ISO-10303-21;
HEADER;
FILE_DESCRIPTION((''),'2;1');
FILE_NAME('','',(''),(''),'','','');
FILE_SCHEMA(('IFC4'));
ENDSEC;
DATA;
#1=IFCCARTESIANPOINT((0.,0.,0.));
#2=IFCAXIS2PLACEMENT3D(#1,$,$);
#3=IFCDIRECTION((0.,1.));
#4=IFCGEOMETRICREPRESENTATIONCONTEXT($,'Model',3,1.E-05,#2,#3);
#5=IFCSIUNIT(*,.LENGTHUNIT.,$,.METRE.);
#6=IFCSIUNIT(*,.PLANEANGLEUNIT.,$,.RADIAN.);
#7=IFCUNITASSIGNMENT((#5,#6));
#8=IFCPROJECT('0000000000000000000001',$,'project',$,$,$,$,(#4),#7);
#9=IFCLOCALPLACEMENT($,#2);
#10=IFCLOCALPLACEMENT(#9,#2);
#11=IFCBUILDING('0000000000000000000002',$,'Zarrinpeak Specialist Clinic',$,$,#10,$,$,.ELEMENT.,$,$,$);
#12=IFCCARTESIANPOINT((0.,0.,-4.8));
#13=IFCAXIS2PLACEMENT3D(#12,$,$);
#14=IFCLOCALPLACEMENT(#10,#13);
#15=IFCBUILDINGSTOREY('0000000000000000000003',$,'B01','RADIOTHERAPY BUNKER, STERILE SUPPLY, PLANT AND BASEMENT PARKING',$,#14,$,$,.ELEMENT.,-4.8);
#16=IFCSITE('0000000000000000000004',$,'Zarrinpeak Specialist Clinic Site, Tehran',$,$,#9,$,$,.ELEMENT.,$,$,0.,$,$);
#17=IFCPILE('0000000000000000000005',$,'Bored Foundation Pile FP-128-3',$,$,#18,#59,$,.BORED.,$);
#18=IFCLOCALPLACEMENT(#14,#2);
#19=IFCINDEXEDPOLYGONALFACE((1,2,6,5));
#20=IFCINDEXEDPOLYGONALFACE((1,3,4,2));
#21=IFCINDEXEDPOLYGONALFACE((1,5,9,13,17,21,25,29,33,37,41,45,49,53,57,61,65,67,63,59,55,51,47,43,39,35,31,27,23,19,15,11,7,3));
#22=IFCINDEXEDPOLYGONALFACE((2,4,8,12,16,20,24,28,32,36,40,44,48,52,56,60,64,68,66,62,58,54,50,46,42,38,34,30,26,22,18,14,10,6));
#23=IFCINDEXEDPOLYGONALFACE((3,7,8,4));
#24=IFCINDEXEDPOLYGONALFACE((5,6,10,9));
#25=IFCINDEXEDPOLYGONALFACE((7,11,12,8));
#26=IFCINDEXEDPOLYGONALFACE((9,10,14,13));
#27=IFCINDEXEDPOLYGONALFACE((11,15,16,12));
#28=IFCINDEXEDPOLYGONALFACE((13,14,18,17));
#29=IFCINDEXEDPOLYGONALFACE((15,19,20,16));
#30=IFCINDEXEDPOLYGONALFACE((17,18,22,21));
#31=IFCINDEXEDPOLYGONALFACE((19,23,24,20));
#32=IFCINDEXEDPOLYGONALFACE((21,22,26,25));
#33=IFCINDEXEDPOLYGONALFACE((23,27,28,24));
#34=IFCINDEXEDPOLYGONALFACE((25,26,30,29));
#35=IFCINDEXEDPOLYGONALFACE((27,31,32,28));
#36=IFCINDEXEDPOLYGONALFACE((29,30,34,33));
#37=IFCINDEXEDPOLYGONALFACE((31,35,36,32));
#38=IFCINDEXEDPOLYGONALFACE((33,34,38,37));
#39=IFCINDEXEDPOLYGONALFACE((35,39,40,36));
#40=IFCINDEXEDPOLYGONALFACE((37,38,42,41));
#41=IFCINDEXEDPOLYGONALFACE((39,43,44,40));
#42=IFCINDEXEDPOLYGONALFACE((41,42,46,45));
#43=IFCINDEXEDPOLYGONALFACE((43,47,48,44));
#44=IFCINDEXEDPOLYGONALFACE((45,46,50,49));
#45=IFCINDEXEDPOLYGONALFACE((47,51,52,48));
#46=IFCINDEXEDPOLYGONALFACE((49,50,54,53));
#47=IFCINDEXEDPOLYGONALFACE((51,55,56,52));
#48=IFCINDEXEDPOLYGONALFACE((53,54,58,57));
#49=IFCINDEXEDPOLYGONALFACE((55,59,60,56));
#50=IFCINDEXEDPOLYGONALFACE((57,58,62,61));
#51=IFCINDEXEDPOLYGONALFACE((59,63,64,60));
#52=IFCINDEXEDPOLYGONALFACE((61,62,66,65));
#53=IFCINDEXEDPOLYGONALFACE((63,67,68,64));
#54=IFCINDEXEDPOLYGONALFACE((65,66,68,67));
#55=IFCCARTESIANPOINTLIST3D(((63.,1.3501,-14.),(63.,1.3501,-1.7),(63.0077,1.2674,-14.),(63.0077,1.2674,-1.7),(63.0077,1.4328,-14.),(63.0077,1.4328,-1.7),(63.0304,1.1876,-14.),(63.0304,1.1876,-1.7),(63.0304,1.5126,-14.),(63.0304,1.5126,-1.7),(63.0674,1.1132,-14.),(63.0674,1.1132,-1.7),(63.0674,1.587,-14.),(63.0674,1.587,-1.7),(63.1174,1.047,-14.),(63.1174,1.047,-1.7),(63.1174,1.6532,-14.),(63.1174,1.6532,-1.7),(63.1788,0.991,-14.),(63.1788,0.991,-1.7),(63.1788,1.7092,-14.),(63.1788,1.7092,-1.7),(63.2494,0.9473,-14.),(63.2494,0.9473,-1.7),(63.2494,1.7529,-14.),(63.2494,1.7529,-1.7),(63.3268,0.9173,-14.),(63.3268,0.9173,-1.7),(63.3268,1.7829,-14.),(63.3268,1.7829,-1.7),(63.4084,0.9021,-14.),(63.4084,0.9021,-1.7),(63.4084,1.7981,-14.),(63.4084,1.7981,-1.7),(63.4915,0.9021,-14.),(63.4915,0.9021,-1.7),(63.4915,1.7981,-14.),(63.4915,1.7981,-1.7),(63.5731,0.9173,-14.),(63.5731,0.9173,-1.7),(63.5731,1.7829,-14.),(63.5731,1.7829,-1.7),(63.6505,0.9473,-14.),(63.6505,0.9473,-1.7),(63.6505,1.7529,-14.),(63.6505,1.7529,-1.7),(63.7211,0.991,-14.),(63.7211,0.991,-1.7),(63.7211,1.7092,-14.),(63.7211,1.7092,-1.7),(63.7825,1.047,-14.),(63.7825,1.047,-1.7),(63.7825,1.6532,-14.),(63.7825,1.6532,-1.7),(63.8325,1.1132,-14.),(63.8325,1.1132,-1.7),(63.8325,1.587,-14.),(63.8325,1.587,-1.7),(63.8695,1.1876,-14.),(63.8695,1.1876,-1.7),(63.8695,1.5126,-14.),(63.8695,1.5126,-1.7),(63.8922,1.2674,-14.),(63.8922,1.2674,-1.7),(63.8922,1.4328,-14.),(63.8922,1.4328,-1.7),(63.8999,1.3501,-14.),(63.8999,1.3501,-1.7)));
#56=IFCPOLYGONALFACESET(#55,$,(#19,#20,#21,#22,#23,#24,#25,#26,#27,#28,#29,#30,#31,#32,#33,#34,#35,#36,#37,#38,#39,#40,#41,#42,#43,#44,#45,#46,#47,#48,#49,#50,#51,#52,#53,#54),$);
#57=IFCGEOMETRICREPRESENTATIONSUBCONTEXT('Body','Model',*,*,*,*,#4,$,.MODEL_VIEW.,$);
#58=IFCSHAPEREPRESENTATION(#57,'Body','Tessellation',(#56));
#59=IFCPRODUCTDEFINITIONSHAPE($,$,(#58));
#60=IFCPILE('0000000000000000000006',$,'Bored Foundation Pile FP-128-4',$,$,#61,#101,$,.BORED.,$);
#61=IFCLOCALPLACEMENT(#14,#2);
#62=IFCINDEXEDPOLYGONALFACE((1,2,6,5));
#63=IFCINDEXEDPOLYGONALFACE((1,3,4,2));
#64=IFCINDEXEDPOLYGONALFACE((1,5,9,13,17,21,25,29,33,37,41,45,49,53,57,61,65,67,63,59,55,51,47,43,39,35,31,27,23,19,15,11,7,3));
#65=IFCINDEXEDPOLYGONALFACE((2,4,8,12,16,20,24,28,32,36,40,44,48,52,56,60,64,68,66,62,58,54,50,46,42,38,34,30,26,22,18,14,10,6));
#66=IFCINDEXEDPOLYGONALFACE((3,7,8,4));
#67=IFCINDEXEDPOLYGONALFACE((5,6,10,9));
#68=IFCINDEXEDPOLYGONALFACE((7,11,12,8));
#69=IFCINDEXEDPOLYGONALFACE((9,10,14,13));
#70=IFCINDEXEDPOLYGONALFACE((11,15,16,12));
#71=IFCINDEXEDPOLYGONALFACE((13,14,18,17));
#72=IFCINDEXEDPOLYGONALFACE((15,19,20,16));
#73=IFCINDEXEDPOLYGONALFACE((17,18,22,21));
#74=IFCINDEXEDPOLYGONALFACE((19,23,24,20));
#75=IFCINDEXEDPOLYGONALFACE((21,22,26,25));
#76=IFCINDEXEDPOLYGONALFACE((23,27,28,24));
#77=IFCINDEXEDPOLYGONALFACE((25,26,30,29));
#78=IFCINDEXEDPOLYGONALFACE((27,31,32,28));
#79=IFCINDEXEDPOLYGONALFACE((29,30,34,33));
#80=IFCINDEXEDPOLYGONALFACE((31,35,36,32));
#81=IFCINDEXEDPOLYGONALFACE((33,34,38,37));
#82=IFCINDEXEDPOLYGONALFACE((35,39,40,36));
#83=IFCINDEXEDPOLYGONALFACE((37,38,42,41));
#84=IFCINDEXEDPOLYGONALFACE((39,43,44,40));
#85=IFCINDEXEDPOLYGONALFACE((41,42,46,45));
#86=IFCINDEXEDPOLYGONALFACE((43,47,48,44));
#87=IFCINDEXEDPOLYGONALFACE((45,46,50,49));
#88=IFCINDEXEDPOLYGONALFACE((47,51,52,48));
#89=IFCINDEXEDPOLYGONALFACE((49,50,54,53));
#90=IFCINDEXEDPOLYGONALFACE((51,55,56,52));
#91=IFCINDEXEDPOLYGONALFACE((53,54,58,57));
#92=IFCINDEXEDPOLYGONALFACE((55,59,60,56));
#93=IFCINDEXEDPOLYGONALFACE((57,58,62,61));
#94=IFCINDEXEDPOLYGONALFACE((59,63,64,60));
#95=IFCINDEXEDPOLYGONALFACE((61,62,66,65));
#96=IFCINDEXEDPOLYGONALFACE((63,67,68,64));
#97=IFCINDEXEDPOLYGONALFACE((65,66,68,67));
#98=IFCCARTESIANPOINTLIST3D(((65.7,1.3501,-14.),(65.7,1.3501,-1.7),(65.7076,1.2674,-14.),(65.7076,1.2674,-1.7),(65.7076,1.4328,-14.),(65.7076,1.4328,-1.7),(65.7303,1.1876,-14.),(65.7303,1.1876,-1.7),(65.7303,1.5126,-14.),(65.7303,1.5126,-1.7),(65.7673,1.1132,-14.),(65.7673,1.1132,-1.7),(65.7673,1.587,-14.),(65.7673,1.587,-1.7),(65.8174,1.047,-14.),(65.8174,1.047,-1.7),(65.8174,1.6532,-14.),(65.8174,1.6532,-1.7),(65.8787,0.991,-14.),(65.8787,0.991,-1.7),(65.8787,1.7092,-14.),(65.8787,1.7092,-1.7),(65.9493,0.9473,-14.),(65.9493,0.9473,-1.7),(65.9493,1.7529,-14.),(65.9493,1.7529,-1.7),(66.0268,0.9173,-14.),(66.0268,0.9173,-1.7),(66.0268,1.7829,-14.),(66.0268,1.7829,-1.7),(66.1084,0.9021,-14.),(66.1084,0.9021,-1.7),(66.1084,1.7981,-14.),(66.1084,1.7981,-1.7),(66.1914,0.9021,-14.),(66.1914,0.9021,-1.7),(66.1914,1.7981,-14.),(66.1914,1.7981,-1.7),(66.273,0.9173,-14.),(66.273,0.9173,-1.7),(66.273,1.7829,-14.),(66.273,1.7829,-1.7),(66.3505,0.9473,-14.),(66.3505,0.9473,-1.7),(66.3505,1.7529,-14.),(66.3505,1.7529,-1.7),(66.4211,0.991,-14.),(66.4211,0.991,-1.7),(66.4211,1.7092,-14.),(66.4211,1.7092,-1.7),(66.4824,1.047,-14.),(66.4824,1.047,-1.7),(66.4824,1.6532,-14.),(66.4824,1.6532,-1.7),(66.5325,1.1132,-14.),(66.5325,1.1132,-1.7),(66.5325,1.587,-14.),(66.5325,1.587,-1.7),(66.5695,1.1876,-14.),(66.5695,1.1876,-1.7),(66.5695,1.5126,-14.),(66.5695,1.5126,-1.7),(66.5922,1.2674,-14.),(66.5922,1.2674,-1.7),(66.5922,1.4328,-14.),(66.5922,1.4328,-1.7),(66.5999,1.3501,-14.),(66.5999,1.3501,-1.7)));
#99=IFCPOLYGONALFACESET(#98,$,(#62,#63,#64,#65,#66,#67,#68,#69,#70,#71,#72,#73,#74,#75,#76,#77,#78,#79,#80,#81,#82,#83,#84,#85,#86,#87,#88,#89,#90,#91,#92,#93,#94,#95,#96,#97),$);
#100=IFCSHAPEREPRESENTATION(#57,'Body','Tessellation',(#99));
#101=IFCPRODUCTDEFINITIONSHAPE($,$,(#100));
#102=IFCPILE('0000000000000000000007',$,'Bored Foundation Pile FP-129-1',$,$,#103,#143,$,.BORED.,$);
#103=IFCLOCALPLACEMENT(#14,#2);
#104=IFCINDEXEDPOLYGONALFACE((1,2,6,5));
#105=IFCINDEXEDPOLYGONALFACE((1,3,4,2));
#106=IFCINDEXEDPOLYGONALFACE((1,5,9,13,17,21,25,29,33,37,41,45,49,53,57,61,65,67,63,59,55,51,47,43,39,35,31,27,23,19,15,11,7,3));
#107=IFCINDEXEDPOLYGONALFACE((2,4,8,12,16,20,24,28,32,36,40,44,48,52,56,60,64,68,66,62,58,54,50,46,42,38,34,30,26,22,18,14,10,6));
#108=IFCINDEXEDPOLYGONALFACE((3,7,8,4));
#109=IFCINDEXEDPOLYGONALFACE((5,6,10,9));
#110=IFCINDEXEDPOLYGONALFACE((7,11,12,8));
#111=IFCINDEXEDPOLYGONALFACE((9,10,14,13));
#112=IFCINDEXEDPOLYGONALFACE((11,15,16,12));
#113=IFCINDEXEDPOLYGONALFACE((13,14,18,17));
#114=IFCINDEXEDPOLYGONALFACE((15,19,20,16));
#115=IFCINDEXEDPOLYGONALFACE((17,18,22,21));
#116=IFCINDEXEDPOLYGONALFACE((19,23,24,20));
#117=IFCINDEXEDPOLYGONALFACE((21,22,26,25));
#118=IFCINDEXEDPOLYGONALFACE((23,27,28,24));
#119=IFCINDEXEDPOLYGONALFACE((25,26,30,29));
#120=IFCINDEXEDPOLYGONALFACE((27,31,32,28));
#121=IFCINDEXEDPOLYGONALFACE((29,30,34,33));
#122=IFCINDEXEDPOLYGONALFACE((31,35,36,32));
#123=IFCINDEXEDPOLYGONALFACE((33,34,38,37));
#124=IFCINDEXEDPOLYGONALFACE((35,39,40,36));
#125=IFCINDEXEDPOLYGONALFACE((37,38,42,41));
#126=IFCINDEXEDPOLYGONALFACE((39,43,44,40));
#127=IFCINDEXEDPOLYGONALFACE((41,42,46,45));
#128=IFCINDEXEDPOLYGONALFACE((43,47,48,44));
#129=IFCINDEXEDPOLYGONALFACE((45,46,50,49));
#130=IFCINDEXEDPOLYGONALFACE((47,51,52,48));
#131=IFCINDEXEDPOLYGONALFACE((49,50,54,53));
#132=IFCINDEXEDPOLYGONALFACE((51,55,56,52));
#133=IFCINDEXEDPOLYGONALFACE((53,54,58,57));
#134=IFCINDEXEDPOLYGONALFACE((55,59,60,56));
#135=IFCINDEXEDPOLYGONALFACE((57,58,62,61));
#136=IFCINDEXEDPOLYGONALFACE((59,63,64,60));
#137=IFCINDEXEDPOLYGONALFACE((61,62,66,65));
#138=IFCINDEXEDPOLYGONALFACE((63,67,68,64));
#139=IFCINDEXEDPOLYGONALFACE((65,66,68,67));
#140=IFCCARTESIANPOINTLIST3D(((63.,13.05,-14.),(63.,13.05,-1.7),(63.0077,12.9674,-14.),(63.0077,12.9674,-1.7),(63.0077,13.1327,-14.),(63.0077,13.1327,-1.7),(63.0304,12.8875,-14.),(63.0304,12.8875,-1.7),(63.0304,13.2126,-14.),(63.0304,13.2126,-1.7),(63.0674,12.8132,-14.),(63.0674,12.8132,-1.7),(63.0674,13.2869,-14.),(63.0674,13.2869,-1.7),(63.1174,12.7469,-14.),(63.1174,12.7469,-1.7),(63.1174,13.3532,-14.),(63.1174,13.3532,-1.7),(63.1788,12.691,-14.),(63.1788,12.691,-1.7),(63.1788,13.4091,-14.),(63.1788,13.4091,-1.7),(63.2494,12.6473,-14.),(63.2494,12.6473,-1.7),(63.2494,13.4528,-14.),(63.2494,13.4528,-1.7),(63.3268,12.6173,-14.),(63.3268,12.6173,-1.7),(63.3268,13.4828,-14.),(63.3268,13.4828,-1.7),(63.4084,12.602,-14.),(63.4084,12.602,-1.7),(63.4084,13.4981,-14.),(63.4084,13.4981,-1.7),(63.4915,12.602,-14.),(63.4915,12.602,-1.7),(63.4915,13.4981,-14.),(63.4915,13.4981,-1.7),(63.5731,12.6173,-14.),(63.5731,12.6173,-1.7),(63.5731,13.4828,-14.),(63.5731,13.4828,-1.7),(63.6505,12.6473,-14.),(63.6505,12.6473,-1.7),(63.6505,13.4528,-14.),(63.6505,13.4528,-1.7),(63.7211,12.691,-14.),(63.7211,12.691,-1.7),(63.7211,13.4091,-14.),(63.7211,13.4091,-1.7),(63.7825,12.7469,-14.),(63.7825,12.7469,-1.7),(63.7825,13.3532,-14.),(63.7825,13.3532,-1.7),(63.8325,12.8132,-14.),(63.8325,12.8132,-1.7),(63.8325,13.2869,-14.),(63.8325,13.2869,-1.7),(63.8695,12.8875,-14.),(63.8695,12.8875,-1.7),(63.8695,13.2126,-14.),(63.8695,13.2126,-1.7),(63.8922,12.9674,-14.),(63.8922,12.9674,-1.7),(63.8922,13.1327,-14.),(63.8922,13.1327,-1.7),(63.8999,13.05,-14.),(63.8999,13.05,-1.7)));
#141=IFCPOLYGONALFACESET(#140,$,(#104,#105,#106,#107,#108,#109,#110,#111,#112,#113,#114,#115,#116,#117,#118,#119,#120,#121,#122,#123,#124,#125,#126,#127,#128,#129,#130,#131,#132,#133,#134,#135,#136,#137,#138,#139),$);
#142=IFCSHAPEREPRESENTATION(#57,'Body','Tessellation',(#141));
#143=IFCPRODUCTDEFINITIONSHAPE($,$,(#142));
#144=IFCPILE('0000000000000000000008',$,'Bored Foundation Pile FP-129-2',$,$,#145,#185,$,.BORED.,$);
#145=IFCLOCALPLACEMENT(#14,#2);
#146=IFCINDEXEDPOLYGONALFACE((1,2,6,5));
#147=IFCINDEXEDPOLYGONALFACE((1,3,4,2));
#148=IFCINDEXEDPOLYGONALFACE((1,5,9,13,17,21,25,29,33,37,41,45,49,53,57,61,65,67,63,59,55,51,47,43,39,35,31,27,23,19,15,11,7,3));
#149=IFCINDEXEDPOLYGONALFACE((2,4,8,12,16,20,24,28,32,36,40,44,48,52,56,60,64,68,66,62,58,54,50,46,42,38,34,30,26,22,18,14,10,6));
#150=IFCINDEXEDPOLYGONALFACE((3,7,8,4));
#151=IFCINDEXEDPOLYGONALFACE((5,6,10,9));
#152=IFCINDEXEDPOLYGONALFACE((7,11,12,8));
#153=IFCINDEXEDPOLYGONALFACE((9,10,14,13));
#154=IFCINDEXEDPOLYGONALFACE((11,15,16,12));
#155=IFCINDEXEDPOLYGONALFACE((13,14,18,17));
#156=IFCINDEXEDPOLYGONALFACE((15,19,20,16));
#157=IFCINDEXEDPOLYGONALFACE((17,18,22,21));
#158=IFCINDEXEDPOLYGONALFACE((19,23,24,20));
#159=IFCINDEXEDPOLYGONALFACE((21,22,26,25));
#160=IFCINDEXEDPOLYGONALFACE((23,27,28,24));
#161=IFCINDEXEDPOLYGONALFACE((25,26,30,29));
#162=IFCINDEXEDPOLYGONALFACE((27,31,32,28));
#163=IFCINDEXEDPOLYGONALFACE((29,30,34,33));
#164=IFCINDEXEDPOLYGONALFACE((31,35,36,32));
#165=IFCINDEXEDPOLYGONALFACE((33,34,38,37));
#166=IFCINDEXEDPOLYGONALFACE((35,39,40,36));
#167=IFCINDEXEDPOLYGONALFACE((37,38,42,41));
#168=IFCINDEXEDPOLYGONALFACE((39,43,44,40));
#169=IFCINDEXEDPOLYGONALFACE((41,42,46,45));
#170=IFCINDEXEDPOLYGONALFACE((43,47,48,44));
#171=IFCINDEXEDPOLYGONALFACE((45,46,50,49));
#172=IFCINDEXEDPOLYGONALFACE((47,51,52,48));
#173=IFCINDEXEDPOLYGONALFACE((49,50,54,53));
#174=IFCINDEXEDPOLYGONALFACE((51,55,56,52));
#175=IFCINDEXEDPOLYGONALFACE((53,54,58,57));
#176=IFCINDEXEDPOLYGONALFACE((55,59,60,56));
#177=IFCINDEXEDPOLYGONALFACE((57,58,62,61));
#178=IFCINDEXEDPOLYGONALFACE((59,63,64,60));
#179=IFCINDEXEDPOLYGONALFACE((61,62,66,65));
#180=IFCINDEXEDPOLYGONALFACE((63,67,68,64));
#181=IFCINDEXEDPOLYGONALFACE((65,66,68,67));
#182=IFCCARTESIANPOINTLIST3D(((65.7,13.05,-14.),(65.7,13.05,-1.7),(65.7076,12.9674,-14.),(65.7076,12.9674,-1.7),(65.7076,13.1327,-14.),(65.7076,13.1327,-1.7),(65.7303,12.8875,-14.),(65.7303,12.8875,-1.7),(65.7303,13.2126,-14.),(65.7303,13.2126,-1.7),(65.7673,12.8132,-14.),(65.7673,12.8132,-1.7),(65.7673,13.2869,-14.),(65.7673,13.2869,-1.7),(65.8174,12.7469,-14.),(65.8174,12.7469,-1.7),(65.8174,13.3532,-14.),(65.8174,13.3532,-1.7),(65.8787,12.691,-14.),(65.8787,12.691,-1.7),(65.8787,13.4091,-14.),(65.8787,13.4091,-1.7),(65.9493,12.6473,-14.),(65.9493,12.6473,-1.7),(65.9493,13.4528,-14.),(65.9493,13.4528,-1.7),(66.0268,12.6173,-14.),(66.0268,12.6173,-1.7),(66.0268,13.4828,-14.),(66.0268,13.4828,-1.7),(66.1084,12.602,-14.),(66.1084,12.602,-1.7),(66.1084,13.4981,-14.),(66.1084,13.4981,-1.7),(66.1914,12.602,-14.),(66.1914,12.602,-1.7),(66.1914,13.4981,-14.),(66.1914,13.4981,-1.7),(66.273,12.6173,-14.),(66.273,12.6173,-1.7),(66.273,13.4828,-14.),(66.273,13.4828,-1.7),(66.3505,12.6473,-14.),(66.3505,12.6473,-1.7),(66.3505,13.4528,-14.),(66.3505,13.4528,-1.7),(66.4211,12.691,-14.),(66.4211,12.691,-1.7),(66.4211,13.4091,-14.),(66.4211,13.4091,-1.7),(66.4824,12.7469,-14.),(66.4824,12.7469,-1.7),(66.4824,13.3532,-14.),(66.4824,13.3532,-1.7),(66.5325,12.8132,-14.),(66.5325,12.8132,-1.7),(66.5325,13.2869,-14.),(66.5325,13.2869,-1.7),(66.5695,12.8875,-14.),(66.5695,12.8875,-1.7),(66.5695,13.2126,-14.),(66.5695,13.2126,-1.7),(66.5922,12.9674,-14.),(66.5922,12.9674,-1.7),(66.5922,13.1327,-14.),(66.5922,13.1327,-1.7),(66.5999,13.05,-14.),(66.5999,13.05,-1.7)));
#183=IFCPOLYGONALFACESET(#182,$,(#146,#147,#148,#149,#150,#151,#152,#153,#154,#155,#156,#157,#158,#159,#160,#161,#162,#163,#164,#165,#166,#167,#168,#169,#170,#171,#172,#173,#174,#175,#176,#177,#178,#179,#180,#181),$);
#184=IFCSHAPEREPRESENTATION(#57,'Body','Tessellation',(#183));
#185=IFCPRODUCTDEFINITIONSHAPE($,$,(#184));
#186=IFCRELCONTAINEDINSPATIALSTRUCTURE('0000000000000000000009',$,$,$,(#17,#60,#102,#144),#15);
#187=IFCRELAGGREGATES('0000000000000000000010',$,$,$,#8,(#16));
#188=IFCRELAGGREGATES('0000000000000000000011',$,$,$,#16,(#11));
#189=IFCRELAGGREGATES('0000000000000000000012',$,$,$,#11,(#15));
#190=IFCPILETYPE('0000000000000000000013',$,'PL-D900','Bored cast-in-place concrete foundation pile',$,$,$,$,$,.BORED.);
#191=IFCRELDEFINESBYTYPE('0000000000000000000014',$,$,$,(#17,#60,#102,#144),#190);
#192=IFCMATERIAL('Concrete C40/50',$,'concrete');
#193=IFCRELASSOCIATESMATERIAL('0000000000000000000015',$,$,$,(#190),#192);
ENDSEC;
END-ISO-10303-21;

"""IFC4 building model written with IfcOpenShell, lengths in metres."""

from ifc_helpers import new_model, si_unit, direction, frame, origin, origin_2d, place, context, subcontext, project, spatial, circle, extrude, material, material_profile, profile_set, type_object, element, save


model = new_model("IFC4")

# Units and contexts
model_context = context("Model", 3, precision=1e-05, world=origin(), true_north=direction((0.0, 1.0)))
body_context = subcontext(model_context, "Body", "Model", "MODEL_VIEW")
ifc_project = project(units=[si_unit("LENGTHUNIT", "METRE"), si_unit("PLANEANGLEUNIT", "RADIAN")], contexts=[model_context])

# Site, building, storey
site_placement = place(None, origin())
site = spatial("IfcSite", under=ifc_project, at=site_placement, Name="Zarrinpeak Specialist Clinic Site, Tehran", CompositionType="ELEMENT", RefElevation=0.0)
building_placement = place(site_placement, origin())
building = spatial("IfcBuilding", under=site, at=building_placement, Name="Zarrinpeak Specialist Clinic", CompositionType="ELEMENT")
storey_placement = place(building_placement, frame((0.0, 0.0, -4.8)))
storey = spatial("IfcBuildingStorey", under=building, at=storey_placement, Name="B01", Description="RADIOTHERAPY BUNKER, STERILE SUPPLY, PLANT AND BASEMENT PARKING", CompositionType="ELEMENT", Elevation=-4.8)

# Shared definitions
ifc_material_1 = material(Name="Concrete C40/50", Category="concrete")

# Piles
ifc_material_profile_1 = material_profile(ifc_material_1, circle(Radius=0.45, at=origin_2d()), Name="BORED PILE D900")
ifc_profile_set_1 = profile_set([ifc_material_profile_1], Name="Concrete C40/50")
pile_type = type_object("IfcPileType", Name="PL-D900", Description="Bored cast-in-place concrete foundation pile", PredefinedType="BORED", material=ifc_profile_set_1)
for number, where, z_axis, x_axis, name in (
    (1, (63.45, 1.3501, -1.7), (0.0, 0.0, -1.0), (1.0, 0.0, 0.0), "Bored Foundation Pile FP-128-3"),
    (2, (66.1499, 1.3501, -1.7), (0.0, 0.0, -1.0), (1.0, 0.0, 0.0), "Bored Foundation Pile FP-128-4"),
    (3, (63.45, 13.05, -1.7), (0.0, 0.0, -1.0), (1.0, 0.0, 0.0), "Bored Foundation Pile FP-129-1"),
    (4, (66.1499, 13.05, -1.7), (0.0, 0.0, -1.0), (1.0, 0.0, 0.0), "Bored Foundation Pile FP-129-2"),
):
    element("IfcPile", number, at=place(storey_placement, frame(where, z_axis=z_axis, x_axis=x_axis)), inside=storey, type_object=pile_type, Name=name, PredefinedType="BORED", context=body_context, shape_type="SweptSolid", body=[
        extrude(circle(Radius=0.45, at=origin_2d()), origin(), (0.0, 0.0, 1.0), 12.3),
    ])

save(model, "model.ifc")
